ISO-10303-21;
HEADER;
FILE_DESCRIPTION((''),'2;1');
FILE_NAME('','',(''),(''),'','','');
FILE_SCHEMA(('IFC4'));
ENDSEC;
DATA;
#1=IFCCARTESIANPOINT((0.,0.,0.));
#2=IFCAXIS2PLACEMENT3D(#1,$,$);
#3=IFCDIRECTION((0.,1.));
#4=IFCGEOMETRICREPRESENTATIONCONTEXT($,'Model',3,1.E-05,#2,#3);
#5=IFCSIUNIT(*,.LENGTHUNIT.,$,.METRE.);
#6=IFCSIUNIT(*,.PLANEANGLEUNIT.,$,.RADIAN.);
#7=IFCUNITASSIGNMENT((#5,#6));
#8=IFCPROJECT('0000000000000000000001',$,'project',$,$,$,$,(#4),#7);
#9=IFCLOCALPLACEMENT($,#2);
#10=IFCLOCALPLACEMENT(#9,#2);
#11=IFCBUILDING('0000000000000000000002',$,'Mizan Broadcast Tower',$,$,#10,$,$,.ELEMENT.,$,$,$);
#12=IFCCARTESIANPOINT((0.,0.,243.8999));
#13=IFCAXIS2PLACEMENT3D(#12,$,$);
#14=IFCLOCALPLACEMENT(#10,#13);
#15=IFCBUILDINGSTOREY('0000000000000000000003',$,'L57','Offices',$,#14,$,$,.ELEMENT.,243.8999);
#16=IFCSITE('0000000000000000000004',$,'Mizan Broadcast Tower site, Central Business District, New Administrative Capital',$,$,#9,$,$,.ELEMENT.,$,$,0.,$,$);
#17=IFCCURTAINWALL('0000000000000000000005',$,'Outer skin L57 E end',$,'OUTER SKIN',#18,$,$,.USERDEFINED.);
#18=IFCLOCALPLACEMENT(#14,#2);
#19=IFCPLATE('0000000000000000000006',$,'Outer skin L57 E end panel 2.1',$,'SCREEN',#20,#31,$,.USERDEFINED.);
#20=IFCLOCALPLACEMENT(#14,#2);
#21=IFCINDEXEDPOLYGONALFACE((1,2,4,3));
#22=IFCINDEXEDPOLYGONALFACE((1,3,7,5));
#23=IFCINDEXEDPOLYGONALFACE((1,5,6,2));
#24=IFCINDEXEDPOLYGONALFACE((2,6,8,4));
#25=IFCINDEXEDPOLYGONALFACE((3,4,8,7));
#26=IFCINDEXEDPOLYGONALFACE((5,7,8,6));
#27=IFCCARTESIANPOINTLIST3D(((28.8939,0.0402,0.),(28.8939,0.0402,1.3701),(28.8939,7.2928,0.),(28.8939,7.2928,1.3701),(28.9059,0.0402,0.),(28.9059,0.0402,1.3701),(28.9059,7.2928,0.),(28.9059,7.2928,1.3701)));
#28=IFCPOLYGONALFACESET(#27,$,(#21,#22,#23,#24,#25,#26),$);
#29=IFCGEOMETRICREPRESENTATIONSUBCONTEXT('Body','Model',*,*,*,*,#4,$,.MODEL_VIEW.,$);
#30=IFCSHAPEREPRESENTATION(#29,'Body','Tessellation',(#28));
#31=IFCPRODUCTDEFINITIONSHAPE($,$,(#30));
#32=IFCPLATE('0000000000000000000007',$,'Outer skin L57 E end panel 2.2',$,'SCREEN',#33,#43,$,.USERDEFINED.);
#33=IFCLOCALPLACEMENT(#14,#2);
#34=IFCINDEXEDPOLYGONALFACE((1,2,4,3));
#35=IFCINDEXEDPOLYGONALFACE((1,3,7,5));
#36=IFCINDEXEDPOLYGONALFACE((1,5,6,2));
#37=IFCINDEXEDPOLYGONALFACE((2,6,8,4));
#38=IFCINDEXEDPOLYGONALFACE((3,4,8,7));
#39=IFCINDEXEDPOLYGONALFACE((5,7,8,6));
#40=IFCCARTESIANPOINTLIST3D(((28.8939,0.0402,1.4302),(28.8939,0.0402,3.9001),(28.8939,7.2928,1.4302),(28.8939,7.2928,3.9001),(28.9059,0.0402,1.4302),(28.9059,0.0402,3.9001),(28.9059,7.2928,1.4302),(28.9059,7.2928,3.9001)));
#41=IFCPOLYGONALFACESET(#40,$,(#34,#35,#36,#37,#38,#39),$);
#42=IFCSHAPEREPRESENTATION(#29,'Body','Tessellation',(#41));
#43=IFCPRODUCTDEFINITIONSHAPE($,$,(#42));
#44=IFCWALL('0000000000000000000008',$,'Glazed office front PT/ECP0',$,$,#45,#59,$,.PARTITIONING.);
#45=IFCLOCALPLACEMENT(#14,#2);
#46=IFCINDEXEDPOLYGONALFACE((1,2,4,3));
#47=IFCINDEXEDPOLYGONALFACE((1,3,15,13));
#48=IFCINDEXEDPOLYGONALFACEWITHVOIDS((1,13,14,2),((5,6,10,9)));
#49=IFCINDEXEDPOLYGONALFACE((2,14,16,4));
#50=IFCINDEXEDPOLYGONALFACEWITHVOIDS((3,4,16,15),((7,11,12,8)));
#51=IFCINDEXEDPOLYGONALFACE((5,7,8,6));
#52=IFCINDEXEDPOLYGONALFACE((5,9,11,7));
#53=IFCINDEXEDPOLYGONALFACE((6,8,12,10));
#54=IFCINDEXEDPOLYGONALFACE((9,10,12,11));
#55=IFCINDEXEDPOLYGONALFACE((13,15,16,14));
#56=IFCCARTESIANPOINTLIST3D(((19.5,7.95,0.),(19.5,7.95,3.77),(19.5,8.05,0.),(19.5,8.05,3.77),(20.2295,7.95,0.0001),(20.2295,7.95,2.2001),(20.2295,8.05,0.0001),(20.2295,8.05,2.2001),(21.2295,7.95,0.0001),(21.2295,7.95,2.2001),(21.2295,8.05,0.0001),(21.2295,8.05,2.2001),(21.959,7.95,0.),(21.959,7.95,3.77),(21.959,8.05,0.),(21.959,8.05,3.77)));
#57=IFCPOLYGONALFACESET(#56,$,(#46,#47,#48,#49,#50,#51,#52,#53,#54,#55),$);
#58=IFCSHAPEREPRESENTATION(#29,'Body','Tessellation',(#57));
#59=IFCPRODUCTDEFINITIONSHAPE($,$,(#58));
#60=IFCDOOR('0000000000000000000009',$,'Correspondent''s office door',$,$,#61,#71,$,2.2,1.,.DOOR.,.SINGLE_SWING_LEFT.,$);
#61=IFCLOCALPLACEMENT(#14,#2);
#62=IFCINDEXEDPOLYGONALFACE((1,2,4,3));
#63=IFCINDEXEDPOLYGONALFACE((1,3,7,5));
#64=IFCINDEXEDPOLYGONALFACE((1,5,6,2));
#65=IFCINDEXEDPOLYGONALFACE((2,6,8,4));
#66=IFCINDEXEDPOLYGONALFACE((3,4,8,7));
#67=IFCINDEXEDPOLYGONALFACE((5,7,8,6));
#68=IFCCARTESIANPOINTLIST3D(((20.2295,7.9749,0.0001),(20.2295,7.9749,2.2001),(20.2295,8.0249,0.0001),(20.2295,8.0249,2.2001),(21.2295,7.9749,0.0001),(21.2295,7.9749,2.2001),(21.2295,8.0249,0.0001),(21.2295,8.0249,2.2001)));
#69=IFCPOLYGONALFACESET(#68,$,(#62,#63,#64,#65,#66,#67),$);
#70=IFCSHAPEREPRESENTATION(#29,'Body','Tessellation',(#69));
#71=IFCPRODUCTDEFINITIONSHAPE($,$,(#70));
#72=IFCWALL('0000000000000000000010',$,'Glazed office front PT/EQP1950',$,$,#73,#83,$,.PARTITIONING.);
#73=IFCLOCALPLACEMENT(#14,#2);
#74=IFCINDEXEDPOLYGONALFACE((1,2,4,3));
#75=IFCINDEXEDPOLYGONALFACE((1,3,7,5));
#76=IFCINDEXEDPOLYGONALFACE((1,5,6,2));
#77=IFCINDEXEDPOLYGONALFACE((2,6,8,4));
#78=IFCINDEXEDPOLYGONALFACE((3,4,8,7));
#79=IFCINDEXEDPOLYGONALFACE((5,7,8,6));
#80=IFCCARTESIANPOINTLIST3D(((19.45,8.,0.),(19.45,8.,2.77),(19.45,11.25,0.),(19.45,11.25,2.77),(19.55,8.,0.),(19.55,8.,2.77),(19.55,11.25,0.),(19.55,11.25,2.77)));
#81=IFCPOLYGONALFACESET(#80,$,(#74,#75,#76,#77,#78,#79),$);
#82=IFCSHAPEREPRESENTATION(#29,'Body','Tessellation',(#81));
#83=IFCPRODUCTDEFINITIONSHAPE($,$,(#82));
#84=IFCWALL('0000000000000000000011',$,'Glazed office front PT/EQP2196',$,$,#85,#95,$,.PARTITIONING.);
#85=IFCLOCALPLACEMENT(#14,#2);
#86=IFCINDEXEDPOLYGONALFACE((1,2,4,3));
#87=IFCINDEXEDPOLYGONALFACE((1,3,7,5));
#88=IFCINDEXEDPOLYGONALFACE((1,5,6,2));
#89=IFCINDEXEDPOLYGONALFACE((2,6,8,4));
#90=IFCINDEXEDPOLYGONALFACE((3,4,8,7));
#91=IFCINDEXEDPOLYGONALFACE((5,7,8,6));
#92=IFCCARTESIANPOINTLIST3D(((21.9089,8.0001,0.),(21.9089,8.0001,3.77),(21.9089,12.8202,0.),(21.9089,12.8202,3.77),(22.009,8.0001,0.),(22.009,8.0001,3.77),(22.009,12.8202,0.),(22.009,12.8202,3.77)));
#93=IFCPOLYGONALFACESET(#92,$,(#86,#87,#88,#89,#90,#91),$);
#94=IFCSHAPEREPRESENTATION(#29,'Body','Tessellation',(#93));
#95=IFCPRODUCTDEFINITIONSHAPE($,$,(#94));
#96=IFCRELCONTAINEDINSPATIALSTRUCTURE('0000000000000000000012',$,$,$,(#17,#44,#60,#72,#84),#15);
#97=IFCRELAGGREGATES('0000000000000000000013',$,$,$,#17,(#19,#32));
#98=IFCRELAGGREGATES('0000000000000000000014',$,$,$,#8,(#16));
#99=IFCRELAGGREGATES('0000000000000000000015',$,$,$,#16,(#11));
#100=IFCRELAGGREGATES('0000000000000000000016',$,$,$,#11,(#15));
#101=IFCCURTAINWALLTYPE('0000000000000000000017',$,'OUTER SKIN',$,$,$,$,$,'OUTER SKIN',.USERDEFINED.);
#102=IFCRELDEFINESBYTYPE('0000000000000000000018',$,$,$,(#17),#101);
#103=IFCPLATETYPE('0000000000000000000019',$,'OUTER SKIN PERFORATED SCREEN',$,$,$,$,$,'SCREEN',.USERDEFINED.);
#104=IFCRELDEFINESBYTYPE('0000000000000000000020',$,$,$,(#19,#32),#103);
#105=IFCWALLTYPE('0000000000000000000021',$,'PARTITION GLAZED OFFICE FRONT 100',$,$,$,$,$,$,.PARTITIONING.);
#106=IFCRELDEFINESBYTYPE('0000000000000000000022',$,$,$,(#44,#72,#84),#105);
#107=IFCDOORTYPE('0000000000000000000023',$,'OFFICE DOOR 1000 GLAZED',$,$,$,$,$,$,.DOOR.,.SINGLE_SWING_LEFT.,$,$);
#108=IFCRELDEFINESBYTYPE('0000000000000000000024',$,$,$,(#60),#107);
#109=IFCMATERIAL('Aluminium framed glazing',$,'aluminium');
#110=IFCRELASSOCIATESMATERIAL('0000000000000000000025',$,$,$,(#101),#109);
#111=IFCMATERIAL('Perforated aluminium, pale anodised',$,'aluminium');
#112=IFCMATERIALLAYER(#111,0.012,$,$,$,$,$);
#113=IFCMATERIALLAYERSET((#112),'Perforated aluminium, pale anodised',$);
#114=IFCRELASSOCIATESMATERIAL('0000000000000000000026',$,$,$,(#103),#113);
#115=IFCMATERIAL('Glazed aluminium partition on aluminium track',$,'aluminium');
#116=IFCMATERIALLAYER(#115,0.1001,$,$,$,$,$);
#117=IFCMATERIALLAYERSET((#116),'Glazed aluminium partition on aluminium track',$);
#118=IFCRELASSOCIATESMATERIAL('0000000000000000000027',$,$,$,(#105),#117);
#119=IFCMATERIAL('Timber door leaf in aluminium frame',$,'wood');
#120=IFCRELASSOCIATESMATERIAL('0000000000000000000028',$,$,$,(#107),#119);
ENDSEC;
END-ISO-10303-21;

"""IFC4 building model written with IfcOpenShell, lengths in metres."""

from ifc_helpers import new_model, si_unit, direction, frame, frame_2d, origin, origin_2d, place, context, subcontext, project, spatial, rectangle, extrude, material, layer, layer_set, type_object, element, fill, aggregate, save


model = new_model("IFC4")

# Units and contexts
model_context = context("Model", 3, precision=1e-05, world=origin(), true_north=direction((0.0, 1.0)))
body_context = subcontext(model_context, "Body", "Model", "MODEL_VIEW")
ifc_project = project(units=[si_unit("LENGTHUNIT", "METRE"), si_unit("PLANEANGLEUNIT", "RADIAN")], contexts=[model_context])

# Site, building, storey
site_placement = place(None, origin())
site = spatial("IfcSite", under=ifc_project, at=site_placement, Name="Mizan Broadcast Tower site, Central Business District, New Administrative Capital", CompositionType="ELEMENT", RefElevation=0.0)
building_placement = place(site_placement, origin())
building = spatial("IfcBuilding", under=site, at=building_placement, Name="Mizan Broadcast Tower", CompositionType="ELEMENT")
storey_placement = place(building_placement, frame((0.0, 0.0, 243.8999)))
storey = spatial("IfcBuildingStorey", under=building, at=storey_placement, Name="L57", Description="Offices", CompositionType="ELEMENT", Elevation=243.8999)

# Curtain wall
ifc_material_1 = material(Name="Aluminium framed glazing", Category="aluminium")
curtain_wall_type_1 = type_object("IfcCurtainWallType", Name="OUTER SKIN", ElementType="OUTER SKIN", PredefinedType="USERDEFINED", material=ifc_material_1)
curtain_wall_1_placement = place(storey_placement, origin())
curtain_wall_1 = element("IfcCurtainWall", 1, at=curtain_wall_1_placement, inside=storey, type_object=curtain_wall_type_1, Name="Outer skin L57 E end", ObjectType="OUTER SKIN", PredefinedType="USERDEFINED")

# Plates
ifc_material_2 = material(Name="Perforated aluminium, pale anodised", Category="aluminium")
ifc_layer_1 = layer(ifc_material_2, 0.012)
ifc_layer_set_1 = layer_set([ifc_layer_1], Name="Perforated aluminium, pale anodised")
plate_type_1 = type_object("IfcPlateType", Name="OUTER SKIN PERFORATED SCREEN", ElementType="SCREEN", PredefinedType="USERDEFINED", material=ifc_layer_set_1)
plate_1_placement = place(storey_placement, frame((28.8999, 3.6665, 0.0), z_axis=(0.0, 0.0, 1.0), x_axis=(0.0, 1.0, 0.0)))
plate_1 = element("IfcPlate", 2, at=plate_1_placement, type_object=plate_type_1, Name="Outer skin L57 E end panel 2.1", ObjectType="SCREEN", PredefinedType="USERDEFINED", context=body_context, shape_type="SweptSolid", body=[
    extrude(rectangle(XDim=7.2527, YDim=0.012, at=origin_2d()), origin(), (0.0, 0.0, 1.0), 1.3701),
])
plate_2_placement = place(storey_placement, frame((28.8999, 3.6665, 1.4302), z_axis=(0.0, 0.0, 1.0), x_axis=(0.0, 1.0, 0.0)))
plate_2 = element("IfcPlate", 3, at=plate_2_placement, type_object=plate_type_1, Name="Outer skin L57 E end panel 2.2", ObjectType="SCREEN", PredefinedType="USERDEFINED", context=body_context, shape_type="SweptSolid", body=[
    extrude(rectangle(XDim=7.2527, YDim=0.012, at=origin_2d()), origin(), (0.0, 0.0, 1.0), 2.47),
])
aggregate(curtain_wall_1, [plate_1, plate_2])

# Wall, opening, door
ifc_material_3 = material(Name="Glazed aluminium partition on aluminium track", Category="aluminium")
ifc_layer_2 = layer(ifc_material_3, 0.1001)
ifc_layer_set_2 = layer_set([ifc_layer_2], Name="Glazed aluminium partition on aluminium track")
wall_type = type_object("IfcWallType", Name="PARTITION GLAZED OFFICE FRONT 100", PredefinedType="PARTITIONING", material=ifc_layer_set_2)
wall_1_placement = place(storey_placement, frame((19.5, 8.0, 0.0), z_axis=(0.0, 0.0, 1.0), x_axis=(1.0, 0.0, 0.0)))
wall_1 = element("IfcWall", 4, at=wall_1_placement, inside=storey, type_object=wall_type, Name="Glazed office front PT/ECP0", PredefinedType="PARTITIONING", context=body_context, shape_type="SweptSolid", body=[
    extrude(rectangle(XDim=2.459, YDim=0.1001, at=frame_2d((1.2295, 0.0))), origin(), (0.0, 0.0, 1.0), 3.77),
])
opening_placement = place(wall_1_placement, frame((0.7295, 0.0, 0.0)))
opening = element("IfcOpeningElement", 5, at=opening_placement, cuts=wall_1, PredefinedType="OPENING", context=body_context, shape_type="SweptSolid", body=[
    extrude(rectangle(XDim=1.0, YDim=2.2, at=frame_2d((0.5, 1.1001))), frame((0.0, 0.0601, 0.0), z_axis=(0.0, -1.0, 0.0), x_axis=(1.0, 0.0, 0.0)), (0.0, 0.0, 1.0), 0.1201),
])
ifc_material_4 = material(Name="Timber door leaf in aluminium frame", Category="wood")
door_type = type_object("IfcDoorType", Name="OFFICE DOOR 1000 GLAZED", OperationType="SINGLE_SWING_LEFT", PredefinedType="DOOR", material=ifc_material_4)
door_placement = place(opening_placement, origin())
door = element("IfcDoor", 6, at=door_placement, inside=storey, type_object=door_type, Name="Correspondent's office door", OperationType="SINGLE_SWING_LEFT", OverallHeight=2.2, OverallWidth=1.0, PredefinedType="DOOR", context=body_context, shape_type="SweptSolid", body=[
    extrude(rectangle(XDim=1.0, YDim=2.2, at=frame_2d((0.5, 1.1001))), frame((0.0, 0.0249, 0.0), z_axis=(0.0, -1.0, 0.0), x_axis=(1.0, 0.0, 0.0)), (0.0, 0.0, 1.0), 0.05),
])
fill(opening, door)

# Walls
wall_2_placement = place(storey_placement, frame((19.5, 8.0, 0.0), z_axis=(0.0, 0.0, 1.0), x_axis=(0.0, 1.0, 0.0)))
element("IfcWall", 7, at=wall_2_placement, inside=storey, type_object=wall_type, Name="Glazed office front PT/EQP1950", PredefinedType="PARTITIONING", context=body_context, shape_type="SweptSolid", body=[
    extrude(rectangle(XDim=3.25, YDim=0.1001, at=frame_2d((1.625, 0.0))), origin(), (0.0, 0.0, 1.0), 2.77),
])
wall_3_placement = place(storey_placement, frame((21.959, 8.0, 0.0), z_axis=(0.0, 0.0, 1.0), x_axis=(0.0, 1.0, 0.0)))
element("IfcWall", 8, at=wall_3_placement, inside=storey, type_object=wall_type, Name="Glazed office front PT/EQP2196", PredefinedType="PARTITIONING", context=body_context, shape_type="SweptSolid", body=[
    extrude(rectangle(XDim=4.8201, YDim=0.1001, at=frame_2d((2.4102, 0.0))), origin(), (0.0, 0.0, 1.0), 3.77),
])

save(model, "model.ifc")
